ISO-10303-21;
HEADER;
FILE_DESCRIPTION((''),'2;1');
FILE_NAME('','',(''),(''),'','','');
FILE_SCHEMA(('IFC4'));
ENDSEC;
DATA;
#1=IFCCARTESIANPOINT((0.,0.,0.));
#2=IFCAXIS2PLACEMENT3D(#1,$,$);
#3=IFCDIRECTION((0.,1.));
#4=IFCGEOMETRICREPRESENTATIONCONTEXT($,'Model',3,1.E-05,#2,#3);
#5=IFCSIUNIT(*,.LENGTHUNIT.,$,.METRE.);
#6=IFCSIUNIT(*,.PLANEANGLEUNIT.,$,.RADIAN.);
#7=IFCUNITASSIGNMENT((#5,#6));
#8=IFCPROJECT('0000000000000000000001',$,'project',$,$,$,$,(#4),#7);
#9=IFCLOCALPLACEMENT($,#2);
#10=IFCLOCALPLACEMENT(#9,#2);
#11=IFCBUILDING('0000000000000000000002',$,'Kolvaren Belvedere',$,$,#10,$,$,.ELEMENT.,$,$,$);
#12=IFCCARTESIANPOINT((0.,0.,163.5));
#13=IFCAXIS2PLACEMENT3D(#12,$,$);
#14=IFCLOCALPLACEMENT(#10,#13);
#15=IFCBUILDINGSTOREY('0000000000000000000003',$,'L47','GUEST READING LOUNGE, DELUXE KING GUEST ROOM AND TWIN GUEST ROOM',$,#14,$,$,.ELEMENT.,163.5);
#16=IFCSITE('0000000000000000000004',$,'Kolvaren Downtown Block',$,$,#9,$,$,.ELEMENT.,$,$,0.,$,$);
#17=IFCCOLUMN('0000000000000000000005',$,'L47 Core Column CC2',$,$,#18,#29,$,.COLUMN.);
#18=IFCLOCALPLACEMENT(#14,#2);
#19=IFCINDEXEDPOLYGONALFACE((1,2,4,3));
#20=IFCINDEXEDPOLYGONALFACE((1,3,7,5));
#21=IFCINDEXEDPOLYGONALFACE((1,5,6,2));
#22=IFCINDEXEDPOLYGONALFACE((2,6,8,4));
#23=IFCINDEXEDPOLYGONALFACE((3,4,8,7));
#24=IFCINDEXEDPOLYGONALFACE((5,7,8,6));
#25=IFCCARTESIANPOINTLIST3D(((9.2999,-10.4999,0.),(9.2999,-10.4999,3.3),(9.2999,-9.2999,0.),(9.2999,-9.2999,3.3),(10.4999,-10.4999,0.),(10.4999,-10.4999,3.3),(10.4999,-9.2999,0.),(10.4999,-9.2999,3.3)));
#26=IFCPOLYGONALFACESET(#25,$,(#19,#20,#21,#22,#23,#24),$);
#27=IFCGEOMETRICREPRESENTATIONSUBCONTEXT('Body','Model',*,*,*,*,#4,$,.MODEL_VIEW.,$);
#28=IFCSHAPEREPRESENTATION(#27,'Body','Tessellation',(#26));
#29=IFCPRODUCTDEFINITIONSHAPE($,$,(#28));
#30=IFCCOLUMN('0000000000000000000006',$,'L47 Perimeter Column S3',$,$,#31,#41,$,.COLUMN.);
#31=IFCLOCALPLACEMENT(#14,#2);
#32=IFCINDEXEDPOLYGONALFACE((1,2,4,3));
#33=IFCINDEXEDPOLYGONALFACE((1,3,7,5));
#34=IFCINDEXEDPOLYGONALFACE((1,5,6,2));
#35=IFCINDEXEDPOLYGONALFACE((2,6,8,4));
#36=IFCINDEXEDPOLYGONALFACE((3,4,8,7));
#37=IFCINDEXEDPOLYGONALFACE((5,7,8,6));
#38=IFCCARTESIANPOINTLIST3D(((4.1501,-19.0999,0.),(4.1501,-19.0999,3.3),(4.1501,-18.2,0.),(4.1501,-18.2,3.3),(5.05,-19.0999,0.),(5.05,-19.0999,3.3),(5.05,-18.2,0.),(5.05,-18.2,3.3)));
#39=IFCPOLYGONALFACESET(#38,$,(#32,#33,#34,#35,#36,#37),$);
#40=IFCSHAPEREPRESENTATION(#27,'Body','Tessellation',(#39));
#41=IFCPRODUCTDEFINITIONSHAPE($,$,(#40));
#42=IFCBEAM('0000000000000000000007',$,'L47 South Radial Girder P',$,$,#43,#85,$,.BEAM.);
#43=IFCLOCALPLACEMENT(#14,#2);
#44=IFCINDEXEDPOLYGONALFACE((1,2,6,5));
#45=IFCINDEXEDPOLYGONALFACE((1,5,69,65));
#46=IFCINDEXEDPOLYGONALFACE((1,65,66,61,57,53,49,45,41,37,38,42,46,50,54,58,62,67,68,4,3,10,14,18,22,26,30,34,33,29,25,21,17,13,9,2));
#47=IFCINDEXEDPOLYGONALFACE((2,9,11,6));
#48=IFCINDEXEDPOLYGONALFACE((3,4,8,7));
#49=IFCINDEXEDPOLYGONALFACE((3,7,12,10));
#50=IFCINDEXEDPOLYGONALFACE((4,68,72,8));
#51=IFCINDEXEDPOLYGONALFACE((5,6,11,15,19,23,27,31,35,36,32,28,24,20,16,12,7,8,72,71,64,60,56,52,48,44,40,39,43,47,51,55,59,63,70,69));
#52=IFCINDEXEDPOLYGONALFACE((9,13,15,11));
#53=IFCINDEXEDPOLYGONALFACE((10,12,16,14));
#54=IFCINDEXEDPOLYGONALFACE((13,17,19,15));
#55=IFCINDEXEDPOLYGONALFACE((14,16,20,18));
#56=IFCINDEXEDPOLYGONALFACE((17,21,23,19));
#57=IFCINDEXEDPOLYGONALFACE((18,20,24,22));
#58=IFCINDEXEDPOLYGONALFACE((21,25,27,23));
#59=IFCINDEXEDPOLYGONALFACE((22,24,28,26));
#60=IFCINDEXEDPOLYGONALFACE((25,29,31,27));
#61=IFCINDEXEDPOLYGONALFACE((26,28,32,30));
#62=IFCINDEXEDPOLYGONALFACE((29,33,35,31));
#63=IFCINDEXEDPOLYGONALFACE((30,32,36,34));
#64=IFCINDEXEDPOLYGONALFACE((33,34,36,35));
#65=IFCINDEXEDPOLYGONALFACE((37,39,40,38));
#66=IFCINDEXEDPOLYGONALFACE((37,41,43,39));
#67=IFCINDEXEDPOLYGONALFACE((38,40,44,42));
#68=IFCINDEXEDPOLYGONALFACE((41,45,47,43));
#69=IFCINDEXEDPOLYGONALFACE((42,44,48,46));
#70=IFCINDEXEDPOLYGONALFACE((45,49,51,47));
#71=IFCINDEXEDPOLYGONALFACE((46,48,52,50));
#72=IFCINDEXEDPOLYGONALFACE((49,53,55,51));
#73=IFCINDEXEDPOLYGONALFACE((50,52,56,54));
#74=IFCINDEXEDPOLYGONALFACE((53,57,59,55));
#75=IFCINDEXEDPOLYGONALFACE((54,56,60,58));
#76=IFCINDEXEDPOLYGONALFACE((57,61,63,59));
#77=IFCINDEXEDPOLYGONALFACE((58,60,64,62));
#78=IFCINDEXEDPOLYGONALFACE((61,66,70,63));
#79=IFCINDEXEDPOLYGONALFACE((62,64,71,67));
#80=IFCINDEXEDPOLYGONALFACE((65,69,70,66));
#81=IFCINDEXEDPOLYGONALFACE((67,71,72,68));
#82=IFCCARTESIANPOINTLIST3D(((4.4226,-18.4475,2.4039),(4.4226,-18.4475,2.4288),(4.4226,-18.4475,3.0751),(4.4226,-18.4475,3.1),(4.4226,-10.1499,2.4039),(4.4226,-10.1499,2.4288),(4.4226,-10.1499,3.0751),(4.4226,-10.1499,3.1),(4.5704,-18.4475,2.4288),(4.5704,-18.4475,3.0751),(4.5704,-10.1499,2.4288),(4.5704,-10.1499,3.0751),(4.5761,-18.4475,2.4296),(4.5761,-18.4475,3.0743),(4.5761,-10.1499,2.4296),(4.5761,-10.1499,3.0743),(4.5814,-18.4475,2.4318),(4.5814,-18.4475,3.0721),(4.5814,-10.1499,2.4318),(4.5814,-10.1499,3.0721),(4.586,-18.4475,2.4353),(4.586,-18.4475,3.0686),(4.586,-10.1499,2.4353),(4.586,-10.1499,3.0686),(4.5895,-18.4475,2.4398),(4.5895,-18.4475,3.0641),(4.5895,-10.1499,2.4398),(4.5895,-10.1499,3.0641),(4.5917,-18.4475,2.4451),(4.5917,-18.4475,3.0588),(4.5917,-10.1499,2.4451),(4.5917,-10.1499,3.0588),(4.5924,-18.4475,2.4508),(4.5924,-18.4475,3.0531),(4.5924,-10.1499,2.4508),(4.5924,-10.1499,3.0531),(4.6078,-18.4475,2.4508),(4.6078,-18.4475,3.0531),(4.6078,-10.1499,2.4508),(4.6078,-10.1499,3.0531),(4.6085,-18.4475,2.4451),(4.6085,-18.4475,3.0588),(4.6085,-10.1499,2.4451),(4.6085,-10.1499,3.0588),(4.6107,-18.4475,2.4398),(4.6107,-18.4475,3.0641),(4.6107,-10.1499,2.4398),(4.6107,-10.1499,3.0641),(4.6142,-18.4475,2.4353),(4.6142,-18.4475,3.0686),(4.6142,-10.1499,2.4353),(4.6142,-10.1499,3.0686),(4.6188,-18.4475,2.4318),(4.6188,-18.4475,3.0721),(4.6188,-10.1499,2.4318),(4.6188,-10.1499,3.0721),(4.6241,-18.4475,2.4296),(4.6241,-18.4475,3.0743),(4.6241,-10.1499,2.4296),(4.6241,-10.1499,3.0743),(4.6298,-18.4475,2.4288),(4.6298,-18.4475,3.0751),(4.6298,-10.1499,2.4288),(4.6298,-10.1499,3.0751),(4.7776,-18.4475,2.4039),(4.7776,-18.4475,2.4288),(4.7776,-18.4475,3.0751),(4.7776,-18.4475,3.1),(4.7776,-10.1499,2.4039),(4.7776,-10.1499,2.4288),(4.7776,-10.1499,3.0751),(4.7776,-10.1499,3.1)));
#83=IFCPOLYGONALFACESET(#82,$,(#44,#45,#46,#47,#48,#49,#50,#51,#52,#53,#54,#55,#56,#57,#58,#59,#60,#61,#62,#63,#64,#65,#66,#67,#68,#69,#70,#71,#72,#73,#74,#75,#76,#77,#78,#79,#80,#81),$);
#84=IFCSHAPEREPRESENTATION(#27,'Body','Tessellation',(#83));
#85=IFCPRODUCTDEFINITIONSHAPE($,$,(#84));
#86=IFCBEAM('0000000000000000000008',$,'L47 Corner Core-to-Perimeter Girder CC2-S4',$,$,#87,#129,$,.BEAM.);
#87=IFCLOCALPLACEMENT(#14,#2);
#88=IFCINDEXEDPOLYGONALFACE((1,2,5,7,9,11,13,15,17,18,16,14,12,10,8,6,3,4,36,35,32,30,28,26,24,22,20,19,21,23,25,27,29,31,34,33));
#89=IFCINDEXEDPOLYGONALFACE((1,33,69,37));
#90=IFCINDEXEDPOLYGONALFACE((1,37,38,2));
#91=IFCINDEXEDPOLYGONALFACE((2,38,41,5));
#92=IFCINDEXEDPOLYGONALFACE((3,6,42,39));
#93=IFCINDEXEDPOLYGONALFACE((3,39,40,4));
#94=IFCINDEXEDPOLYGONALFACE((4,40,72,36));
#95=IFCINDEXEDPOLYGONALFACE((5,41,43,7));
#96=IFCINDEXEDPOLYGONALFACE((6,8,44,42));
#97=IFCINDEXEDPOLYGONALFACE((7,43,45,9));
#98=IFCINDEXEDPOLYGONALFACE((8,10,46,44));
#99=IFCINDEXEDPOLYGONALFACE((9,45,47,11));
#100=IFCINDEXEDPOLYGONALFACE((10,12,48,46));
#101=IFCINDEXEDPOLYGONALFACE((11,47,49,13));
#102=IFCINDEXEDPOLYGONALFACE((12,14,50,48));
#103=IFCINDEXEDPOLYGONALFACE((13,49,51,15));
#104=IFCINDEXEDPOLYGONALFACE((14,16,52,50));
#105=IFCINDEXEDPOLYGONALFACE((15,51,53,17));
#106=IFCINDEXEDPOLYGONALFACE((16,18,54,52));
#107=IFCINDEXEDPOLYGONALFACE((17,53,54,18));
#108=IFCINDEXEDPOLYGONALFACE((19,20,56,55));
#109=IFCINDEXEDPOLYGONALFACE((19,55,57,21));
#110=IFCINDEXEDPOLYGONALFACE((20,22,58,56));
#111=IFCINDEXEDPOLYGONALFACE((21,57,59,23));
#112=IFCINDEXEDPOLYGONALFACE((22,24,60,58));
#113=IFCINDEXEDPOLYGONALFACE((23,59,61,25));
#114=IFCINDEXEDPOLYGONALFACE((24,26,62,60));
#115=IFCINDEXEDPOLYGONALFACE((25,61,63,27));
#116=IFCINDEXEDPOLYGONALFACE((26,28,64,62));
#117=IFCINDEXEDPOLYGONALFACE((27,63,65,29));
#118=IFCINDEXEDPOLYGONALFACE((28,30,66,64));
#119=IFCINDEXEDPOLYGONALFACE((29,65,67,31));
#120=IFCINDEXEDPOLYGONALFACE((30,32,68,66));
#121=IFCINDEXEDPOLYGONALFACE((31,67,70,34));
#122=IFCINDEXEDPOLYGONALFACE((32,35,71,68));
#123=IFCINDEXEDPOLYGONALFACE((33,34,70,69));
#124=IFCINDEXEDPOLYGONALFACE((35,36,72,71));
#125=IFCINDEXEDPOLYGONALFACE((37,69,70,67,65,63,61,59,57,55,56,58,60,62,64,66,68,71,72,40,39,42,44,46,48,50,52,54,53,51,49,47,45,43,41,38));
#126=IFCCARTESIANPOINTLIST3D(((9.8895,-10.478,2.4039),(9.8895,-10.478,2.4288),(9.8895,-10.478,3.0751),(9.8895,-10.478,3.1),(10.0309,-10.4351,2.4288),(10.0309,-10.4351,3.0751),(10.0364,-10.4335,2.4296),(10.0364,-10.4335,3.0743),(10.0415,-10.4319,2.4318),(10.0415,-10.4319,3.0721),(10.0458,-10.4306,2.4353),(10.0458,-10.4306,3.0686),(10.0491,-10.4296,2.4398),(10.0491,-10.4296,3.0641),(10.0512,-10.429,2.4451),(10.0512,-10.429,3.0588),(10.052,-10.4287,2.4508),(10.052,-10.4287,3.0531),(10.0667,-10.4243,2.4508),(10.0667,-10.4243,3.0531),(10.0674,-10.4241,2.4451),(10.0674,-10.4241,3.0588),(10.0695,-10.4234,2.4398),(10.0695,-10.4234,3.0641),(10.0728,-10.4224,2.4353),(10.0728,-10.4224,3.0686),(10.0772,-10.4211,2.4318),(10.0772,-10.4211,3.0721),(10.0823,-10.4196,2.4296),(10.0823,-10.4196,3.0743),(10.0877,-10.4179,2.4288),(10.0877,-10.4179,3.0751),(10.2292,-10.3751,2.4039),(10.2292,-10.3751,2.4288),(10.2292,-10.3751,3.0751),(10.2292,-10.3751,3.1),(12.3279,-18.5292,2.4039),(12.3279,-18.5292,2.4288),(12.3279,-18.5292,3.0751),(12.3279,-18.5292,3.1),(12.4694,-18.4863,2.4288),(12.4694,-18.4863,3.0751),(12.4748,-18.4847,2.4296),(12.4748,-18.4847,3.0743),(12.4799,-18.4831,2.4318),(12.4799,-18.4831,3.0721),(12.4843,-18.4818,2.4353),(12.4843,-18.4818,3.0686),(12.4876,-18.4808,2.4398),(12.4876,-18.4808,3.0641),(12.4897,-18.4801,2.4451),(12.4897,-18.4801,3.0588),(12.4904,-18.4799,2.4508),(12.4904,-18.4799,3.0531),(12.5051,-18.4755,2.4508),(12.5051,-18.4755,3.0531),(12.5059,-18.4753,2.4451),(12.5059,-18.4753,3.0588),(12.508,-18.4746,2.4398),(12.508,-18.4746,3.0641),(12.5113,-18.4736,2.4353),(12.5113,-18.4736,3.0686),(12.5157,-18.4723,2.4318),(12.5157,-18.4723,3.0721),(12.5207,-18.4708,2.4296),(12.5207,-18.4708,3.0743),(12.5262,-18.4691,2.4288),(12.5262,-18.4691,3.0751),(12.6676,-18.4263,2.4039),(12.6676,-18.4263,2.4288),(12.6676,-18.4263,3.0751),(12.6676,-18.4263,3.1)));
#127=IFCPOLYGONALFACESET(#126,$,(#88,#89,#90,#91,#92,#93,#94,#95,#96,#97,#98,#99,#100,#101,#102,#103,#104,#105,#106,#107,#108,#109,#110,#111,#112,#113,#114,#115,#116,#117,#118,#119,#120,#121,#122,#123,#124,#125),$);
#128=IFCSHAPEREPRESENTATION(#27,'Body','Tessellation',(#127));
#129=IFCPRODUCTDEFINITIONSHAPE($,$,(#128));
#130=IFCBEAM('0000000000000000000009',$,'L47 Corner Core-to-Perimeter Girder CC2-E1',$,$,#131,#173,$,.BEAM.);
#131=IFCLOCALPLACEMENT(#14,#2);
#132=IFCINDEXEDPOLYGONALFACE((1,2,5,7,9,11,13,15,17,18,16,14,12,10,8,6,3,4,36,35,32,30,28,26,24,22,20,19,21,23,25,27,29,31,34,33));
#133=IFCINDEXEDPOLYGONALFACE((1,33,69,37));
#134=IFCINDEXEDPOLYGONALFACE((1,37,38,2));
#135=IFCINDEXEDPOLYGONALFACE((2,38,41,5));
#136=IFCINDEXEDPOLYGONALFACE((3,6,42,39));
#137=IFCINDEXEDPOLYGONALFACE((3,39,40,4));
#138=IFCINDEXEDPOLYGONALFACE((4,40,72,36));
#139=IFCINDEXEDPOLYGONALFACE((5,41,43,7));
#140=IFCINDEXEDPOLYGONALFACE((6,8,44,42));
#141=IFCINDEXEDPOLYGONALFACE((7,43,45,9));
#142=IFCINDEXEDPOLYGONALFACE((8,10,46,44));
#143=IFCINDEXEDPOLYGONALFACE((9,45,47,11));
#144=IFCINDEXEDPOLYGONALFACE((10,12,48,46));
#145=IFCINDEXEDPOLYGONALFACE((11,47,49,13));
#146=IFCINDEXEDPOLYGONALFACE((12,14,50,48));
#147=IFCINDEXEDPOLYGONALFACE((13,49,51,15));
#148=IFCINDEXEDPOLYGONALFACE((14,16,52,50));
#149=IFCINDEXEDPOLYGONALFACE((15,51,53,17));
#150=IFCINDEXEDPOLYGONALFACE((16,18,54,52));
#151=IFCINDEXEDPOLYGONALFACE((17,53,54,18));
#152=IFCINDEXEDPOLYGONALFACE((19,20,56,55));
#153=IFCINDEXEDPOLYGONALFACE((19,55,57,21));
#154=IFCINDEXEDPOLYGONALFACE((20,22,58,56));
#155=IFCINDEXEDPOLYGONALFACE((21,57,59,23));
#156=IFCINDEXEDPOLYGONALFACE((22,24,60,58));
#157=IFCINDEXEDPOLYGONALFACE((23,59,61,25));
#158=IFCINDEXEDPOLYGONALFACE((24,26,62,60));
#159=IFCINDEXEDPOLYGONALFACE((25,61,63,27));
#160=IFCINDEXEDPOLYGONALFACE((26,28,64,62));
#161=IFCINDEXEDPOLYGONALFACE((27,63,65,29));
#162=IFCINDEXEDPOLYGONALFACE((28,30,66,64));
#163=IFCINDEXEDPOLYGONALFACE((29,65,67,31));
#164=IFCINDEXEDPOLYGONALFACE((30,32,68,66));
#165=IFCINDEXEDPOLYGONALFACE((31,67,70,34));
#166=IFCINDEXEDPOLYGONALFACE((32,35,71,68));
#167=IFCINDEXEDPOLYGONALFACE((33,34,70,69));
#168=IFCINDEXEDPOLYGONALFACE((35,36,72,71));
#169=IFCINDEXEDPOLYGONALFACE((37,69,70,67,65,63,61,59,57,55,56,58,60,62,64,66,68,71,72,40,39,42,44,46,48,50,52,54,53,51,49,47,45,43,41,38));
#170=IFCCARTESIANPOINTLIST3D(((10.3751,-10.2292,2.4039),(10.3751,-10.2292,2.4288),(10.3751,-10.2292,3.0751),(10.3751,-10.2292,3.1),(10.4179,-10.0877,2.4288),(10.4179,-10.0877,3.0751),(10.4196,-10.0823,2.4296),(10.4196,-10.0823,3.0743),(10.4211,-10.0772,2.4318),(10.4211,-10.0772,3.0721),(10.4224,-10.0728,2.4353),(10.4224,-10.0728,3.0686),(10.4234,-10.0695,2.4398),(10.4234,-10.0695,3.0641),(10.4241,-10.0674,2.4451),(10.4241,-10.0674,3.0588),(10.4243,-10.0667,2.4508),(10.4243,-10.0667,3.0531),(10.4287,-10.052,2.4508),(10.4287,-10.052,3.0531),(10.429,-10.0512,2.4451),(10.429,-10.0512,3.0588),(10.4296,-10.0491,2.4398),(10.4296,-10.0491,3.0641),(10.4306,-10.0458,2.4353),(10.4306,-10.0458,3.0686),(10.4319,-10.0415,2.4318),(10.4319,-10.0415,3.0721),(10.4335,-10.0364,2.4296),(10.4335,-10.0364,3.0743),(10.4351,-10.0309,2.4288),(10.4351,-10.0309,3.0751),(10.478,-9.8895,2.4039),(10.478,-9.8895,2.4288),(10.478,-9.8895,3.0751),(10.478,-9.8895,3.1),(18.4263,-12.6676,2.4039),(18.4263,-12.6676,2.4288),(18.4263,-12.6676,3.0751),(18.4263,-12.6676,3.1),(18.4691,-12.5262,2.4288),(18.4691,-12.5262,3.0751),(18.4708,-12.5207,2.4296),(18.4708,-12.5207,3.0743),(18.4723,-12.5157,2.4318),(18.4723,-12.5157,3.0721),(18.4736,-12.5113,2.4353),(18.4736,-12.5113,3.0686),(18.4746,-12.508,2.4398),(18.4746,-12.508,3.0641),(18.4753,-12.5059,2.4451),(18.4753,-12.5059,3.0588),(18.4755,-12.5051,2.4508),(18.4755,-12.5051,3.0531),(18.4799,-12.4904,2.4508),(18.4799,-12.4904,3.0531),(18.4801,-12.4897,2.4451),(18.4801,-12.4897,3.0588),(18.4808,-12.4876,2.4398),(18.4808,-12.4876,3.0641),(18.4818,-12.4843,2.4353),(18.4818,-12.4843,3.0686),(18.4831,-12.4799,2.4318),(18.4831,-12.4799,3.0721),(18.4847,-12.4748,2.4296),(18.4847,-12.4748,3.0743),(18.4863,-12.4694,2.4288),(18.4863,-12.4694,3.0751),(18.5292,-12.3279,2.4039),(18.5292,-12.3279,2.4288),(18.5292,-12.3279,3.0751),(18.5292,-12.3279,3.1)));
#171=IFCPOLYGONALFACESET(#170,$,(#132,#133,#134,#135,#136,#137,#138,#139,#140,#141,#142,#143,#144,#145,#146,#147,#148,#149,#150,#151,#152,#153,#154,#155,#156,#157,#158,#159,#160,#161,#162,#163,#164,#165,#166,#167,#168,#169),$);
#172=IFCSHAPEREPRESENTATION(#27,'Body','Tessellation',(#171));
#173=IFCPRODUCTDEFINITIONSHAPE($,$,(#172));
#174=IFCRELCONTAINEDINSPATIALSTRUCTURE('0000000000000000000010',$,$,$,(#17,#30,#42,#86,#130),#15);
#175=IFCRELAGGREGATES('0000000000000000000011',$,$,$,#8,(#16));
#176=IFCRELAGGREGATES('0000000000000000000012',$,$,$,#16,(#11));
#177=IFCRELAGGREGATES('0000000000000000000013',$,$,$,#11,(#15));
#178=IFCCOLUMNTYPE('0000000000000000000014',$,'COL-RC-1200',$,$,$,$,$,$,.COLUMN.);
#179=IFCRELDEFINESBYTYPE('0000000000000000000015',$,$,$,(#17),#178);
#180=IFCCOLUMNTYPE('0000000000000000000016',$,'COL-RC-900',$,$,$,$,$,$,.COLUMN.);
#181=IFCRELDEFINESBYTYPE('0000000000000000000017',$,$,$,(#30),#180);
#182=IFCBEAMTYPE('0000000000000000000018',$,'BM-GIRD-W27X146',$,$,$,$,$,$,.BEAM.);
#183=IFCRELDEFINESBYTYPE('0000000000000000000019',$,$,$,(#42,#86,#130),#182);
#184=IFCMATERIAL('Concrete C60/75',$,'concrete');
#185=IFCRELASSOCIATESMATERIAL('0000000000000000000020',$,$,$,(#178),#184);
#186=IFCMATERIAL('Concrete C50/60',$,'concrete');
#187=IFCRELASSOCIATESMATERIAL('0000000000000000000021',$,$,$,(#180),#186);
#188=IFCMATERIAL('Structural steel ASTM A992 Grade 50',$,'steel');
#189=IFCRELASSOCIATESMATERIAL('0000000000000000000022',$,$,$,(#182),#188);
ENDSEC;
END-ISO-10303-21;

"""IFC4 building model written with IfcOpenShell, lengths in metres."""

from ifc_helpers import new_model, si_unit, direction, frame, origin, origin_2d, place, context, subcontext, project, spatial, rectangle, i_section, extrude, material, material_profile, profile_set, type_object, element, save


model = new_model("IFC4")

# Units and contexts
model_context = context("Model", 3, precision=1e-05, world=origin(), true_north=direction((0.0, 1.0)))
body_context = subcontext(model_context, "Body", "Model", "MODEL_VIEW")
ifc_project = project(units=[si_unit("LENGTHUNIT", "METRE"), si_unit("PLANEANGLEUNIT", "RADIAN")], contexts=[model_context])

# Site, building, storey
site_placement = place(None, origin())
site = spatial("IfcSite", under=ifc_project, at=site_placement, Name="Kolvaren Downtown Block", CompositionType="ELEMENT", RefElevation=0.0)
building_placement = place(site_placement, origin())
building = spatial("IfcBuilding", under=site, at=building_placement, Name="Kolvaren Belvedere", CompositionType="ELEMENT")
storey_placement = place(building_placement, frame((0.0, 0.0, 163.5)))
storey = spatial("IfcBuildingStorey", under=building, at=storey_placement, Name="L47", Description="GUEST READING LOUNGE, DELUXE KING GUEST ROOM AND TWIN GUEST ROOM", CompositionType="ELEMENT", Elevation=163.5)

# Columns
ifc_material_1 = material(Name="Concrete C60/75", Category="concrete")
ifc_material_profile_1 = material_profile(ifc_material_1, rectangle(XDim=1.2, YDim=1.2, at=origin_2d()), Name="RC 1200X1200")
ifc_profile_set_1 = profile_set([ifc_material_profile_1], Name="Concrete C60/75")
column_type_1 = type_object("IfcColumnType", Name="COL-RC-1200", PredefinedType="COLUMN", material=ifc_profile_set_1)
column_1_placement = place(storey_placement, frame((9.8999, -9.8999, 0.0), z_axis=(0.0, 0.0, 1.0), x_axis=(1.0, 0.0, 0.0)))
element("IfcColumn", 1, at=column_1_placement, inside=storey, type_object=column_type_1, Name="L47 Core Column CC2", PredefinedType="COLUMN", context=body_context, shape_type="SweptSolid", body=[
    extrude(rectangle(XDim=1.2, YDim=1.2, at=origin_2d()), origin(), (0.0, 0.0, 1.0), 3.3),
])
ifc_material_2 = material(Name="Concrete C50/60", Category="concrete")
ifc_material_profile_2 = material_profile(ifc_material_2, rectangle(XDim=0.8999, YDim=0.8999, at=origin_2d()), Name="RC 900X900")
ifc_profile_set_2 = profile_set([ifc_material_profile_2], Name="Concrete C50/60")
column_type_2 = type_object("IfcColumnType", Name="COL-RC-900", PredefinedType="COLUMN", material=ifc_profile_set_2)
column_2_placement = place(storey_placement, frame((4.6001, -18.6499, 0.0), z_axis=(0.0, 0.0, 1.0), x_axis=(1.0, 0.0, 0.0)))
element("IfcColumn", 2, at=column_2_placement, inside=storey, type_object=column_type_2, Name="L47 Perimeter Column S3", PredefinedType="COLUMN", context=body_context, shape_type="SweptSolid", body=[
    extrude(rectangle(XDim=0.8999, YDim=0.8999, at=origin_2d()), origin(), (0.0, 0.0, 1.0), 3.3),
])

# Beams
ifc_material_3 = material(Name="Structural steel ASTM A992 Grade 50", Category="steel")
ifc_material_profile_3 = material_profile(ifc_material_3, i_section(OverallWidth=0.355, OverallDepth=0.696, WebThickness=0.0154, FlangeThickness=0.0249, FilletRadius=0.022, at=origin_2d()), Name="W27X146")
ifc_profile_set_3 = profile_set([ifc_material_profile_3], Name="Structural steel ASTM A992 Grade 50")
beam_type_1 = type_object("IfcBeamType", Name="BM-GIRD-W27X146", PredefinedType="BEAM", material=ifc_profile_set_3)
beam_1_placement = place(storey_placement, frame((4.6001, -10.1499, 2.752), z_axis=(0.0, -1.0, 0.0), x_axis=(1.0, 0.0, 0.0)))
element("IfcBeam", 3, at=beam_1_placement, inside=storey, type_object=beam_type_1, Name="L47 South Radial Girder P", PredefinedType="BEAM", context=body_context, shape_type="SweptSolid", body=[
    extrude(i_section(OverallWidth=0.355, OverallDepth=0.696, WebThickness=0.0154, FlangeThickness=0.0249, FilletRadius=0.022, at=origin_2d()), origin(), (0.0, 0.0, 1.0), 8.2976),
])
for number, where, z_axis, x_axis, name in (
    (4, (10.0593, -10.4265, 2.752), (0.289866, -0.957067, 0.0), (0.957067, 0.289866, 0.0), "L47 Corner Core-to-Perimeter Girder CC2-S4"),
    (5, (10.4265, -10.0593, 2.752), (0.957067, -0.289866, 0.0), (0.289866, 0.957067, 0.0), "L47 Corner Core-to-Perimeter Girder CC2-E1"),
):
    element("IfcBeam", number, at=place(storey_placement, frame(where, z_axis=z_axis, x_axis=x_axis)), inside=storey, type_object=beam_type_1, Name=name, PredefinedType="BEAM", context=body_context, shape_type="SweptSolid", body=[
        extrude(i_section(OverallWidth=0.355, OverallDepth=0.696, WebThickness=0.0154, FlangeThickness=0.0249, FilletRadius=0.022, at=origin_2d()), origin(), (0.0, 0.0, 1.0), 8.4124),
    ])

save(model, "model.ifc")
